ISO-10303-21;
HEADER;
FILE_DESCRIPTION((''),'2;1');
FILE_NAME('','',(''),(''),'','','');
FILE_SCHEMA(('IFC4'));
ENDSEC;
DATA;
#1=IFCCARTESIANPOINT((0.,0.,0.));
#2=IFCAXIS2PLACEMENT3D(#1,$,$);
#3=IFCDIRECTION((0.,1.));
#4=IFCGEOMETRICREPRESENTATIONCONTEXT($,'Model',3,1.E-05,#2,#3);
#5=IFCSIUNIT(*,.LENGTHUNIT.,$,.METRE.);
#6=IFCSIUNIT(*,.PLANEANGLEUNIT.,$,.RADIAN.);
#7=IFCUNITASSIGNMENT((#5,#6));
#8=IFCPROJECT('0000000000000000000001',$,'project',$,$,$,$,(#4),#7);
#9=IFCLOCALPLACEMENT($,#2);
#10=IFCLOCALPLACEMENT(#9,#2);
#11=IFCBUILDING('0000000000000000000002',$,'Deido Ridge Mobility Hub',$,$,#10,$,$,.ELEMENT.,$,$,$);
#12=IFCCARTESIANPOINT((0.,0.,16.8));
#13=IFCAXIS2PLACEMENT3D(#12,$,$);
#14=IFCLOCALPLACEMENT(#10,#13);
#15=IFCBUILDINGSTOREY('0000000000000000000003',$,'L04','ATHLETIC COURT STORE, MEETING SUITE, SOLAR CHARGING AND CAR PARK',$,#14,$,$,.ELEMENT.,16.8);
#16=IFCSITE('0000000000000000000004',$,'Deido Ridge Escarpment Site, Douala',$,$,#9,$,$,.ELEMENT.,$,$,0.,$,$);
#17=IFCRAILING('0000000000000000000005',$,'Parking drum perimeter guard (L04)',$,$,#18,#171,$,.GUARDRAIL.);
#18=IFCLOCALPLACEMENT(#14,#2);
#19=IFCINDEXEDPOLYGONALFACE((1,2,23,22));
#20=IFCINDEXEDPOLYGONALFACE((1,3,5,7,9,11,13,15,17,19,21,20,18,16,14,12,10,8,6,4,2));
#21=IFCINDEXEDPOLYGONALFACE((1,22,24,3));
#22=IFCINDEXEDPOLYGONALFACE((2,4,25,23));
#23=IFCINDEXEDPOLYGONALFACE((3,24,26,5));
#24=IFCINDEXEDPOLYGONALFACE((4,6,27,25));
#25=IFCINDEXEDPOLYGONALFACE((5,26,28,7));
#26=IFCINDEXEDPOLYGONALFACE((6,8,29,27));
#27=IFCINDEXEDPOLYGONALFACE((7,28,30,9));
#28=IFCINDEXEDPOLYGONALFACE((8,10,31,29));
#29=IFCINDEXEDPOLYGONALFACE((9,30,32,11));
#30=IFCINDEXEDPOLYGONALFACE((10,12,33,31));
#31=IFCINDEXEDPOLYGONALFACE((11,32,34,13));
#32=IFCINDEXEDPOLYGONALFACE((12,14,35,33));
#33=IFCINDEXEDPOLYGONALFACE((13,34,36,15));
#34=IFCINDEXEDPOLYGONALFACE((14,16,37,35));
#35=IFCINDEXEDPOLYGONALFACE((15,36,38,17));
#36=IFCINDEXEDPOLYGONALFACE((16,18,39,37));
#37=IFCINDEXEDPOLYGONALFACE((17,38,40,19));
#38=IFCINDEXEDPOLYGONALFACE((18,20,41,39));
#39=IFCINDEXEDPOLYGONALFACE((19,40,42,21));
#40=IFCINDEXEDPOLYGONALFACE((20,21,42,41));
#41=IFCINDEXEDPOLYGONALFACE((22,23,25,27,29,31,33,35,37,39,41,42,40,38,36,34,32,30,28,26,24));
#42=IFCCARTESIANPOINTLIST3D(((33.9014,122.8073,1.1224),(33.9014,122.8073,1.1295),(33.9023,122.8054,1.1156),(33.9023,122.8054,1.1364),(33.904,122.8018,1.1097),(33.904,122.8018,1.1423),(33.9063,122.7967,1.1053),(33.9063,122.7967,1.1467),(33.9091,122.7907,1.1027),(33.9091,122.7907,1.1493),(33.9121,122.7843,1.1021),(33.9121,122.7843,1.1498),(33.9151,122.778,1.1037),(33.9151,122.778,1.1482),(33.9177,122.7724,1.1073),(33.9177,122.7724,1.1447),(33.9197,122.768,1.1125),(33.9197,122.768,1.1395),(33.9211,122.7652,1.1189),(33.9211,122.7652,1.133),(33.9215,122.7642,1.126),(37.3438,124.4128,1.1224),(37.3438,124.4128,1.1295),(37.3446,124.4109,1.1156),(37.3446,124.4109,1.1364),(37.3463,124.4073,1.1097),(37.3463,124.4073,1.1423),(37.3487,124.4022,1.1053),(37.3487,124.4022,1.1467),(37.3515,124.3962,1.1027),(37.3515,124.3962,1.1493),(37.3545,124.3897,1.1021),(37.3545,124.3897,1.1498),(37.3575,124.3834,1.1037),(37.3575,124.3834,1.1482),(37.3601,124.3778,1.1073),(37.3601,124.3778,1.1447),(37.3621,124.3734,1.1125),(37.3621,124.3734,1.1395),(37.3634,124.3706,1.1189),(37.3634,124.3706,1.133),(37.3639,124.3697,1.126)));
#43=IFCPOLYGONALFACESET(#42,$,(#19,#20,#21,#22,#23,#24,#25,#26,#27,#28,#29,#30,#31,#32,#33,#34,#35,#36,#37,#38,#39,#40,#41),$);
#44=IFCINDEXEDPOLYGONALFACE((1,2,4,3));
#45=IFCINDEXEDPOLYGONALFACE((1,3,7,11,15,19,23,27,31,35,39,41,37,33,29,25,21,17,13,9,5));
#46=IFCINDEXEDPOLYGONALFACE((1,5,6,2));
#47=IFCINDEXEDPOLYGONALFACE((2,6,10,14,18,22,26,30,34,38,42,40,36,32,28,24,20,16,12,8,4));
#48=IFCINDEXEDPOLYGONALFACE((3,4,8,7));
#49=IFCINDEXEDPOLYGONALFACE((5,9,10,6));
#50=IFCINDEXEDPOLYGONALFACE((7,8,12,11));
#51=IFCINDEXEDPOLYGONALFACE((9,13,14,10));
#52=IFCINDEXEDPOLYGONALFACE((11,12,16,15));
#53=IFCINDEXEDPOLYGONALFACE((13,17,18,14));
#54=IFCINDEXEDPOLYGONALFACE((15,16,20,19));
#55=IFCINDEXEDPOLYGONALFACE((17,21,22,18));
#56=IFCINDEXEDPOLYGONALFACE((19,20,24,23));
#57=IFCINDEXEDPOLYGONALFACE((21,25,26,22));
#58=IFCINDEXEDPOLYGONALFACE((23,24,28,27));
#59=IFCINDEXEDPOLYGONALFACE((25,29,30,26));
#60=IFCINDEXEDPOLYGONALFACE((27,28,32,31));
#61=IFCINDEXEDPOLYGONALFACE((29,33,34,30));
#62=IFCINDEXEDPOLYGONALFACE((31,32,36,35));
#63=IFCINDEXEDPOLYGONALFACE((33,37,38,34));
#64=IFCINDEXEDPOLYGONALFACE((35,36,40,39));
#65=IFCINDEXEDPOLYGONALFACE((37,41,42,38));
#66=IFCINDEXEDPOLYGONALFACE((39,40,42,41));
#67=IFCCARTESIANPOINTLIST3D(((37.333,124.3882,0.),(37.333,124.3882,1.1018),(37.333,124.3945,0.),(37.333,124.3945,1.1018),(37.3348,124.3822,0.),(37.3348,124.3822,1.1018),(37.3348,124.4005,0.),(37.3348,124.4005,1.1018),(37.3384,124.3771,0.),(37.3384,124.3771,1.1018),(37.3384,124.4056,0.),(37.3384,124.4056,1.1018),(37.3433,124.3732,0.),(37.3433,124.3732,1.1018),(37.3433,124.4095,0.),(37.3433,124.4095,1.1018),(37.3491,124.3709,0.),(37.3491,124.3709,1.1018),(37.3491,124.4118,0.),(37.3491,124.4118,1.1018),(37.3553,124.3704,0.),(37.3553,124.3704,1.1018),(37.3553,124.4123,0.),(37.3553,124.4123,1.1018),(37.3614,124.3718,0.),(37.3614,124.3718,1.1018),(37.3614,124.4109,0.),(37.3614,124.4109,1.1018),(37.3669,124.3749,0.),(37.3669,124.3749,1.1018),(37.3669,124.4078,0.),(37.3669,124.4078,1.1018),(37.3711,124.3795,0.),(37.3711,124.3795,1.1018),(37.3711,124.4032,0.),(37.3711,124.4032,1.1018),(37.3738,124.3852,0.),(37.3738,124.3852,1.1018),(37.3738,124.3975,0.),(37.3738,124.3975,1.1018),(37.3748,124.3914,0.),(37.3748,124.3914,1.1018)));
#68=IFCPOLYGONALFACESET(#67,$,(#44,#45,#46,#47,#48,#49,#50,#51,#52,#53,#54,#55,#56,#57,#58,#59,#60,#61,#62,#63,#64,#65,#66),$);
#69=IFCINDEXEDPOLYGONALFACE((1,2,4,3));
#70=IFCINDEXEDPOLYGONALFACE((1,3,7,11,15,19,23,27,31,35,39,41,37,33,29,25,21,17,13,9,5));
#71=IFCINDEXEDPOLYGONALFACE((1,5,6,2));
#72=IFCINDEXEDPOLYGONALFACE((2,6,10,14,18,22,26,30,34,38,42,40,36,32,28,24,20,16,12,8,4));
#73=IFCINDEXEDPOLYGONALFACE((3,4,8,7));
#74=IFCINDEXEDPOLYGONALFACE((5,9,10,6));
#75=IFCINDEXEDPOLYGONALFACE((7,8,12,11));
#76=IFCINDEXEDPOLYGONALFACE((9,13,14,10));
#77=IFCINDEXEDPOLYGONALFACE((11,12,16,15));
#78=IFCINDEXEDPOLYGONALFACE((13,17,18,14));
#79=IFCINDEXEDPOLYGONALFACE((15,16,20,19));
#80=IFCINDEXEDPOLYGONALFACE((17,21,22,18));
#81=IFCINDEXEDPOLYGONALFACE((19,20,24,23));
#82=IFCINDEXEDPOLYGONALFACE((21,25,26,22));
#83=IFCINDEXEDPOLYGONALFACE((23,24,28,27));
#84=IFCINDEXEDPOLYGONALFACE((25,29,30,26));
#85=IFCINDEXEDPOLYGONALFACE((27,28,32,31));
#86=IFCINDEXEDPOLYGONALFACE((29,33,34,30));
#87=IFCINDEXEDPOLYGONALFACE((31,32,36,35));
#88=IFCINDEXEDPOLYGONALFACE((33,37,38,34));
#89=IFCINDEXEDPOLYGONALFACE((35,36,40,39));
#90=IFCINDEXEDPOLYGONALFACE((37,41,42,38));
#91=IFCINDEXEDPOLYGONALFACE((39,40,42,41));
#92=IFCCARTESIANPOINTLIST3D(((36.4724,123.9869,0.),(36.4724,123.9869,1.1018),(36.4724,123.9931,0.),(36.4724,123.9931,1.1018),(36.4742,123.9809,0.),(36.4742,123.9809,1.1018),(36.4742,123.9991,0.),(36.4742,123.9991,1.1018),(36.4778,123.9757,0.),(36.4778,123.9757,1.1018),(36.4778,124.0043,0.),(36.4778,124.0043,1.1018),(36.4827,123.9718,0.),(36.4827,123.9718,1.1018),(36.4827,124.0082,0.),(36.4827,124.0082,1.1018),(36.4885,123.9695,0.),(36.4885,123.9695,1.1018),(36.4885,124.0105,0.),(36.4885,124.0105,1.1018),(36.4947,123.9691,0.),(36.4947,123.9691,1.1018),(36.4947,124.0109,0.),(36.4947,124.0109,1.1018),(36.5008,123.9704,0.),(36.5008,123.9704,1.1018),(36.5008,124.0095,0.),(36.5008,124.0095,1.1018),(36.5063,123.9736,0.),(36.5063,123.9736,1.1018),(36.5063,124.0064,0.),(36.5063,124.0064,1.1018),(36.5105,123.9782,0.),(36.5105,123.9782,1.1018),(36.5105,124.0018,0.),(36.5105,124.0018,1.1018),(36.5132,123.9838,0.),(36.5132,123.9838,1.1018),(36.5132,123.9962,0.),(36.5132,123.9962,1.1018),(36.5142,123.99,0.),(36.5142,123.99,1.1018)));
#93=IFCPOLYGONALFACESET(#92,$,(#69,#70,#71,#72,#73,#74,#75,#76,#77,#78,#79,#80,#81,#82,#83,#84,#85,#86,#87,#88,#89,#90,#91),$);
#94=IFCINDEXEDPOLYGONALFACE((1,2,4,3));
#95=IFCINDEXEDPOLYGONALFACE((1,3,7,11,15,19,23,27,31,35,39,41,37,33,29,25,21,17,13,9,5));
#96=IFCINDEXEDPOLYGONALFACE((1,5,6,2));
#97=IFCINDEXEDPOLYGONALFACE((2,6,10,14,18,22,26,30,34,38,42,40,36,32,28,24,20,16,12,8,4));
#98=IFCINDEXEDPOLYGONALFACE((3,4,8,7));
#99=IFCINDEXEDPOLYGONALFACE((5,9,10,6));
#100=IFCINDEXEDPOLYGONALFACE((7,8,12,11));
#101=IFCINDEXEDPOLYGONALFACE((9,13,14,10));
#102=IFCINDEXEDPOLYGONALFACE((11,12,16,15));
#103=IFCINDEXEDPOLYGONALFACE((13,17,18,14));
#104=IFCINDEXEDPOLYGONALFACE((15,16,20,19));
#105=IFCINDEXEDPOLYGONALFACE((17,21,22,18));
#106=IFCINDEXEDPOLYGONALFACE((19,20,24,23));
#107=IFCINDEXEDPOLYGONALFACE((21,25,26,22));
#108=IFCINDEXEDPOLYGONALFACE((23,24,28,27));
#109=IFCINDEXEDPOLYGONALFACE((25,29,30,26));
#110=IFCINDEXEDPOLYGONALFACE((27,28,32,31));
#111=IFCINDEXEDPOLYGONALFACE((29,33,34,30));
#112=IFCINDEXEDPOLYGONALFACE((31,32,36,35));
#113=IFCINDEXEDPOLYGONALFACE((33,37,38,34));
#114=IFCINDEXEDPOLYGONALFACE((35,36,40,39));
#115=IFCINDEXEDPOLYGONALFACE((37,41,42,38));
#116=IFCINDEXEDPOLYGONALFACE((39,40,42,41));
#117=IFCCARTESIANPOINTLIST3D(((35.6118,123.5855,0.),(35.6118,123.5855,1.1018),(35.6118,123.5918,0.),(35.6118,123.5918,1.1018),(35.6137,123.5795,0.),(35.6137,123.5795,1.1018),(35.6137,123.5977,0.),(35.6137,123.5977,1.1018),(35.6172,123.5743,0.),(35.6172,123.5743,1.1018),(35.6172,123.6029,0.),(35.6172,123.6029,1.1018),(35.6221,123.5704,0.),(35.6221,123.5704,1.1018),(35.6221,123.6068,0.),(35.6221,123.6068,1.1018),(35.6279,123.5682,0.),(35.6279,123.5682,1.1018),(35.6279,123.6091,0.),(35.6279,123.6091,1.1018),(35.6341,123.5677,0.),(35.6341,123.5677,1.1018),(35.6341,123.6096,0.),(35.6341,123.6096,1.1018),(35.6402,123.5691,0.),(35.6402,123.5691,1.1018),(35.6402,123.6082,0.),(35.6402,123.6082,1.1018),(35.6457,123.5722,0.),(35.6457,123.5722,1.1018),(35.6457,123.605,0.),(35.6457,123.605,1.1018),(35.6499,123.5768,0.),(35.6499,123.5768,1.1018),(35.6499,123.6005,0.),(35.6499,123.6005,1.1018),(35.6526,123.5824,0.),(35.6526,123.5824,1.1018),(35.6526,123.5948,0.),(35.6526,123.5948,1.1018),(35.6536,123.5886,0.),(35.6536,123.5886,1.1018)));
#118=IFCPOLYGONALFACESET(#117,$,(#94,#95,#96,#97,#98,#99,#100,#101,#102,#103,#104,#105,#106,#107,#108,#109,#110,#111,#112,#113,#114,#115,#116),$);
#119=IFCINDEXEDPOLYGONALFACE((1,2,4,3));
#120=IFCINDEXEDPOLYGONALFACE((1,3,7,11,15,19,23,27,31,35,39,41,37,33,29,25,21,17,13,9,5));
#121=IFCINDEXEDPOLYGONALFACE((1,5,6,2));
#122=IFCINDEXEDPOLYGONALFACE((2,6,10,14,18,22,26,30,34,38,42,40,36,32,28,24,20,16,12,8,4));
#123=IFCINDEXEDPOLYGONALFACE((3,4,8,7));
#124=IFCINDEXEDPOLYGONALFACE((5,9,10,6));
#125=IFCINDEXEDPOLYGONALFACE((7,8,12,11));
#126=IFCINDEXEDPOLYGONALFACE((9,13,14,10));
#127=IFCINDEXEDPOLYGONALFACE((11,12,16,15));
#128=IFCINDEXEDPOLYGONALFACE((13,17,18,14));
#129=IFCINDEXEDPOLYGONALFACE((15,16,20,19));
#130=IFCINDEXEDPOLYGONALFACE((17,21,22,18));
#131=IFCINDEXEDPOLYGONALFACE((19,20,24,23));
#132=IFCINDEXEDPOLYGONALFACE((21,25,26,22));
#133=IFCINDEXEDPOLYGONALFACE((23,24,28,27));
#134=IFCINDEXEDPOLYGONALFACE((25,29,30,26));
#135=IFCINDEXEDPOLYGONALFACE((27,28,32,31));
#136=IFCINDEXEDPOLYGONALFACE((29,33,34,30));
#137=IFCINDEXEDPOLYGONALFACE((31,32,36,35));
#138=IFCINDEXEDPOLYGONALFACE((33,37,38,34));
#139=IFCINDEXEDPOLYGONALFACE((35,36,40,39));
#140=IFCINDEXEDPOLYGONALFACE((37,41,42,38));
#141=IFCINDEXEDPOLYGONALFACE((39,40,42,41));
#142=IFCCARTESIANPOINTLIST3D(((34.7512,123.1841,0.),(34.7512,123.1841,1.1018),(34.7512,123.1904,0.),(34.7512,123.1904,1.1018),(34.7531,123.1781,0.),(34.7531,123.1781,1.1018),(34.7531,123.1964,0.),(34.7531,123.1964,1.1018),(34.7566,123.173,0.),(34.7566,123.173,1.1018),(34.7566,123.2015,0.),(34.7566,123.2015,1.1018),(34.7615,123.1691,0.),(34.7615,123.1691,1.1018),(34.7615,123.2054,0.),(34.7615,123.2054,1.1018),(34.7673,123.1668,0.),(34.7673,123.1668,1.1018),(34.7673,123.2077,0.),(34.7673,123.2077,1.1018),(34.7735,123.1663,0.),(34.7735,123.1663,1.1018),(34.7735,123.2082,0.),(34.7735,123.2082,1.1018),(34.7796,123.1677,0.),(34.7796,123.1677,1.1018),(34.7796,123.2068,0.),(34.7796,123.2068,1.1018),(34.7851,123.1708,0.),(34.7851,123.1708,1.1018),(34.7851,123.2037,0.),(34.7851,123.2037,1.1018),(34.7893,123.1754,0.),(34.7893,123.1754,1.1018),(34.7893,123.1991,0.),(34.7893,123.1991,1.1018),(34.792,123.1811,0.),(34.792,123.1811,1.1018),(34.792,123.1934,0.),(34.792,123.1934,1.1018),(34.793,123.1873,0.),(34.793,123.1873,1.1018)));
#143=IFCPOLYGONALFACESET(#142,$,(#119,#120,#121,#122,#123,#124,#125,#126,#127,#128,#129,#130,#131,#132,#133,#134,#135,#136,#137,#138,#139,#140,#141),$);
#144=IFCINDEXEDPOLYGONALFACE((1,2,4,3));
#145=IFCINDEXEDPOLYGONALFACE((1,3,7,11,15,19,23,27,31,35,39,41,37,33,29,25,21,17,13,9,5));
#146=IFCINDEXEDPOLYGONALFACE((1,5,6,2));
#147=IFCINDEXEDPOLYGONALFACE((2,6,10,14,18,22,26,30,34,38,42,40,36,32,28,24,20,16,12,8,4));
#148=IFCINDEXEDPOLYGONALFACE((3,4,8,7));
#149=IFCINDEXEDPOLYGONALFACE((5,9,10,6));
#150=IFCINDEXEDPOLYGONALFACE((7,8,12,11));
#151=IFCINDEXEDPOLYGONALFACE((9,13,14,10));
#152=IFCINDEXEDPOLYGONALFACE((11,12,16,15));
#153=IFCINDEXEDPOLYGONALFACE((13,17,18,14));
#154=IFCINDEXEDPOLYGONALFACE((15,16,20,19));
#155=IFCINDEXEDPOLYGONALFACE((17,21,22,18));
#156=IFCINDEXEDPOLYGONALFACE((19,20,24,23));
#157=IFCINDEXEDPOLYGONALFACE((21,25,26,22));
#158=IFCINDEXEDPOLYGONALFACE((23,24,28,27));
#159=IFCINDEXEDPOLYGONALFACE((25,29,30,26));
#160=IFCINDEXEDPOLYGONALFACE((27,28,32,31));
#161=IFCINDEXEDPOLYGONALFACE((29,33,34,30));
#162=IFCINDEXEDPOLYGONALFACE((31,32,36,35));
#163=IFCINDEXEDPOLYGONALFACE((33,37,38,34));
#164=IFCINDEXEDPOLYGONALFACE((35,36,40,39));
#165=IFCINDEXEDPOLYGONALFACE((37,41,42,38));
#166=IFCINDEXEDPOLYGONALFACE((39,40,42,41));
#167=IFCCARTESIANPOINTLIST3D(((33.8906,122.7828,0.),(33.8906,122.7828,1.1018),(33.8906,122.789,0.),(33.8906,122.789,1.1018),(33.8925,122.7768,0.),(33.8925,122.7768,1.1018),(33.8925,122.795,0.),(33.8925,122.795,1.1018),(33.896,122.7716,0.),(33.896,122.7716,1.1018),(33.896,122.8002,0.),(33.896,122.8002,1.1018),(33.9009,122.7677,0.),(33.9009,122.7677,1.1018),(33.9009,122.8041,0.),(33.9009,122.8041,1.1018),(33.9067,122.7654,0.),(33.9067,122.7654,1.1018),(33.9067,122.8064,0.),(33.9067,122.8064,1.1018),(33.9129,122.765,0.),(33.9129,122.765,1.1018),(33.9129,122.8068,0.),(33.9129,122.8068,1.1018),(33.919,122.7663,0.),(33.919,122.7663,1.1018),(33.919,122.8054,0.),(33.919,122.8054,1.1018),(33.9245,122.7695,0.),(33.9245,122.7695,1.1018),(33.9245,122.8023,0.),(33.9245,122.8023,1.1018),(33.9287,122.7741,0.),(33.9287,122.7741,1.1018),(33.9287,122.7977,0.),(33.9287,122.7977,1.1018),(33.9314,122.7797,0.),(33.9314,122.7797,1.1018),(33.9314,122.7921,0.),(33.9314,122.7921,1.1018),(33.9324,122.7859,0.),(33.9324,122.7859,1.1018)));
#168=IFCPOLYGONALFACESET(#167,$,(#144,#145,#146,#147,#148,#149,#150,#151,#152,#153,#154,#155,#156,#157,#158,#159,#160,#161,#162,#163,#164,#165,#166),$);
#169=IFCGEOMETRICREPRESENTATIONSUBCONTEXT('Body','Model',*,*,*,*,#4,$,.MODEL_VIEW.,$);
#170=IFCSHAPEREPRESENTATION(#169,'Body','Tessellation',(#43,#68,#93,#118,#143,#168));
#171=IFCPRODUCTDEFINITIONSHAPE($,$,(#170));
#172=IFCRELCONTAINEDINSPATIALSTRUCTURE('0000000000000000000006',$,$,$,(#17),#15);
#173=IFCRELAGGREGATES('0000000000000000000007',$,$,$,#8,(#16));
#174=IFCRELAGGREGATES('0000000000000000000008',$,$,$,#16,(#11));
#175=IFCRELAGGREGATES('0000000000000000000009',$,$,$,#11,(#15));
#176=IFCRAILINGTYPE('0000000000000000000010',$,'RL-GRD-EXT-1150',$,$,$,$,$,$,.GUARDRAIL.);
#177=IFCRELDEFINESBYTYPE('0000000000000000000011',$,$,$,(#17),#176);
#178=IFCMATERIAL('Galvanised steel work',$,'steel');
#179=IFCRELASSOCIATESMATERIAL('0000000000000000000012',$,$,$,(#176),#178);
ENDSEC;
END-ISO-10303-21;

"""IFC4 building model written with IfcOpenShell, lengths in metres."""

from ifc_helpers import new_model, si_unit, direction, frame, origin, origin_2d, place, context, subcontext, project, spatial, circle, extrude, material, type_object, element, save


model = new_model("IFC4")

# Units and contexts
model_context = context("Model", 3, precision=1e-05, world=origin(), true_north=direction((0.0, 1.0)))
body_context = subcontext(model_context, "Body", "Model", "MODEL_VIEW")
ifc_project = project(units=[si_unit("LENGTHUNIT", "METRE"), si_unit("PLANEANGLEUNIT", "RADIAN")], contexts=[model_context])

# Site, building, storey
site_placement = place(None, origin())
site = spatial("IfcSite", under=ifc_project, at=site_placement, Name="Deido Ridge Escarpment Site, Douala", CompositionType="ELEMENT", RefElevation=0.0)
building_placement = place(site_placement, origin())
building = spatial("IfcBuilding", under=site, at=building_placement, Name="Deido Ridge Mobility Hub", CompositionType="ELEMENT")
storey_placement = place(building_placement, frame((0.0, 0.0, 16.8)))
storey = spatial("IfcBuildingStorey", under=building, at=storey_placement, Name="L04", Description="ATHLETIC COURT STORE, MEETING SUITE, SOLAR CHARGING AND CAR PARK", CompositionType="ELEMENT", Elevation=16.8)

# Railing
ifc_material_1 = material(Name="Galvanised steel work", Category="steel")
railing_type = type_object("IfcRailingType", Name="RL-GRD-EXT-1150", PredefinedType="GUARDRAIL", material=ifc_material_1)
railing_1_placement = place(storey_placement, frame((37.3538, 124.3914, 0.0)))
element("IfcRailing", 1, at=railing_1_placement, inside=storey, type_object=railing_type, Name="Parking drum perimeter guard (L04)", PredefinedType="GUARDRAIL", context=body_context, shape_type="SweptSolid", body=[
    extrude(circle(Radius=0.0239, at=origin_2d()), frame((0.0, 0.0, 1.126), z_axis=(-0.906282, -0.422674, 0.0), x_axis=(0.422674, -0.906282, 0.0)), (0.0, 0.0, 1.0), 3.7983),
    extrude(circle(Radius=0.021, at=origin_2d()), origin(), (0.0, 0.0, 1.0), 1.1018),
    extrude(circle(Radius=0.021, at=origin_2d()), frame((-0.8606, -0.4014, 0.0)), (0.0, 0.0, 1.0), 1.1018),
    extrude(circle(Radius=0.021, at=origin_2d()), frame((-1.7212, -0.8027, 0.0)), (0.0, 0.0, 1.0), 1.1018),
    extrude(circle(Radius=0.021, at=origin_2d()), frame((-2.5818, -1.2041, 0.0)), (0.0, 0.0, 1.0), 1.1018),
    extrude(circle(Radius=0.021, at=origin_2d()), frame((-3.4424, -1.6055, 0.0)), (0.0, 0.0, 1.0), 1.1018),
])

save(model, "model.ifc")
